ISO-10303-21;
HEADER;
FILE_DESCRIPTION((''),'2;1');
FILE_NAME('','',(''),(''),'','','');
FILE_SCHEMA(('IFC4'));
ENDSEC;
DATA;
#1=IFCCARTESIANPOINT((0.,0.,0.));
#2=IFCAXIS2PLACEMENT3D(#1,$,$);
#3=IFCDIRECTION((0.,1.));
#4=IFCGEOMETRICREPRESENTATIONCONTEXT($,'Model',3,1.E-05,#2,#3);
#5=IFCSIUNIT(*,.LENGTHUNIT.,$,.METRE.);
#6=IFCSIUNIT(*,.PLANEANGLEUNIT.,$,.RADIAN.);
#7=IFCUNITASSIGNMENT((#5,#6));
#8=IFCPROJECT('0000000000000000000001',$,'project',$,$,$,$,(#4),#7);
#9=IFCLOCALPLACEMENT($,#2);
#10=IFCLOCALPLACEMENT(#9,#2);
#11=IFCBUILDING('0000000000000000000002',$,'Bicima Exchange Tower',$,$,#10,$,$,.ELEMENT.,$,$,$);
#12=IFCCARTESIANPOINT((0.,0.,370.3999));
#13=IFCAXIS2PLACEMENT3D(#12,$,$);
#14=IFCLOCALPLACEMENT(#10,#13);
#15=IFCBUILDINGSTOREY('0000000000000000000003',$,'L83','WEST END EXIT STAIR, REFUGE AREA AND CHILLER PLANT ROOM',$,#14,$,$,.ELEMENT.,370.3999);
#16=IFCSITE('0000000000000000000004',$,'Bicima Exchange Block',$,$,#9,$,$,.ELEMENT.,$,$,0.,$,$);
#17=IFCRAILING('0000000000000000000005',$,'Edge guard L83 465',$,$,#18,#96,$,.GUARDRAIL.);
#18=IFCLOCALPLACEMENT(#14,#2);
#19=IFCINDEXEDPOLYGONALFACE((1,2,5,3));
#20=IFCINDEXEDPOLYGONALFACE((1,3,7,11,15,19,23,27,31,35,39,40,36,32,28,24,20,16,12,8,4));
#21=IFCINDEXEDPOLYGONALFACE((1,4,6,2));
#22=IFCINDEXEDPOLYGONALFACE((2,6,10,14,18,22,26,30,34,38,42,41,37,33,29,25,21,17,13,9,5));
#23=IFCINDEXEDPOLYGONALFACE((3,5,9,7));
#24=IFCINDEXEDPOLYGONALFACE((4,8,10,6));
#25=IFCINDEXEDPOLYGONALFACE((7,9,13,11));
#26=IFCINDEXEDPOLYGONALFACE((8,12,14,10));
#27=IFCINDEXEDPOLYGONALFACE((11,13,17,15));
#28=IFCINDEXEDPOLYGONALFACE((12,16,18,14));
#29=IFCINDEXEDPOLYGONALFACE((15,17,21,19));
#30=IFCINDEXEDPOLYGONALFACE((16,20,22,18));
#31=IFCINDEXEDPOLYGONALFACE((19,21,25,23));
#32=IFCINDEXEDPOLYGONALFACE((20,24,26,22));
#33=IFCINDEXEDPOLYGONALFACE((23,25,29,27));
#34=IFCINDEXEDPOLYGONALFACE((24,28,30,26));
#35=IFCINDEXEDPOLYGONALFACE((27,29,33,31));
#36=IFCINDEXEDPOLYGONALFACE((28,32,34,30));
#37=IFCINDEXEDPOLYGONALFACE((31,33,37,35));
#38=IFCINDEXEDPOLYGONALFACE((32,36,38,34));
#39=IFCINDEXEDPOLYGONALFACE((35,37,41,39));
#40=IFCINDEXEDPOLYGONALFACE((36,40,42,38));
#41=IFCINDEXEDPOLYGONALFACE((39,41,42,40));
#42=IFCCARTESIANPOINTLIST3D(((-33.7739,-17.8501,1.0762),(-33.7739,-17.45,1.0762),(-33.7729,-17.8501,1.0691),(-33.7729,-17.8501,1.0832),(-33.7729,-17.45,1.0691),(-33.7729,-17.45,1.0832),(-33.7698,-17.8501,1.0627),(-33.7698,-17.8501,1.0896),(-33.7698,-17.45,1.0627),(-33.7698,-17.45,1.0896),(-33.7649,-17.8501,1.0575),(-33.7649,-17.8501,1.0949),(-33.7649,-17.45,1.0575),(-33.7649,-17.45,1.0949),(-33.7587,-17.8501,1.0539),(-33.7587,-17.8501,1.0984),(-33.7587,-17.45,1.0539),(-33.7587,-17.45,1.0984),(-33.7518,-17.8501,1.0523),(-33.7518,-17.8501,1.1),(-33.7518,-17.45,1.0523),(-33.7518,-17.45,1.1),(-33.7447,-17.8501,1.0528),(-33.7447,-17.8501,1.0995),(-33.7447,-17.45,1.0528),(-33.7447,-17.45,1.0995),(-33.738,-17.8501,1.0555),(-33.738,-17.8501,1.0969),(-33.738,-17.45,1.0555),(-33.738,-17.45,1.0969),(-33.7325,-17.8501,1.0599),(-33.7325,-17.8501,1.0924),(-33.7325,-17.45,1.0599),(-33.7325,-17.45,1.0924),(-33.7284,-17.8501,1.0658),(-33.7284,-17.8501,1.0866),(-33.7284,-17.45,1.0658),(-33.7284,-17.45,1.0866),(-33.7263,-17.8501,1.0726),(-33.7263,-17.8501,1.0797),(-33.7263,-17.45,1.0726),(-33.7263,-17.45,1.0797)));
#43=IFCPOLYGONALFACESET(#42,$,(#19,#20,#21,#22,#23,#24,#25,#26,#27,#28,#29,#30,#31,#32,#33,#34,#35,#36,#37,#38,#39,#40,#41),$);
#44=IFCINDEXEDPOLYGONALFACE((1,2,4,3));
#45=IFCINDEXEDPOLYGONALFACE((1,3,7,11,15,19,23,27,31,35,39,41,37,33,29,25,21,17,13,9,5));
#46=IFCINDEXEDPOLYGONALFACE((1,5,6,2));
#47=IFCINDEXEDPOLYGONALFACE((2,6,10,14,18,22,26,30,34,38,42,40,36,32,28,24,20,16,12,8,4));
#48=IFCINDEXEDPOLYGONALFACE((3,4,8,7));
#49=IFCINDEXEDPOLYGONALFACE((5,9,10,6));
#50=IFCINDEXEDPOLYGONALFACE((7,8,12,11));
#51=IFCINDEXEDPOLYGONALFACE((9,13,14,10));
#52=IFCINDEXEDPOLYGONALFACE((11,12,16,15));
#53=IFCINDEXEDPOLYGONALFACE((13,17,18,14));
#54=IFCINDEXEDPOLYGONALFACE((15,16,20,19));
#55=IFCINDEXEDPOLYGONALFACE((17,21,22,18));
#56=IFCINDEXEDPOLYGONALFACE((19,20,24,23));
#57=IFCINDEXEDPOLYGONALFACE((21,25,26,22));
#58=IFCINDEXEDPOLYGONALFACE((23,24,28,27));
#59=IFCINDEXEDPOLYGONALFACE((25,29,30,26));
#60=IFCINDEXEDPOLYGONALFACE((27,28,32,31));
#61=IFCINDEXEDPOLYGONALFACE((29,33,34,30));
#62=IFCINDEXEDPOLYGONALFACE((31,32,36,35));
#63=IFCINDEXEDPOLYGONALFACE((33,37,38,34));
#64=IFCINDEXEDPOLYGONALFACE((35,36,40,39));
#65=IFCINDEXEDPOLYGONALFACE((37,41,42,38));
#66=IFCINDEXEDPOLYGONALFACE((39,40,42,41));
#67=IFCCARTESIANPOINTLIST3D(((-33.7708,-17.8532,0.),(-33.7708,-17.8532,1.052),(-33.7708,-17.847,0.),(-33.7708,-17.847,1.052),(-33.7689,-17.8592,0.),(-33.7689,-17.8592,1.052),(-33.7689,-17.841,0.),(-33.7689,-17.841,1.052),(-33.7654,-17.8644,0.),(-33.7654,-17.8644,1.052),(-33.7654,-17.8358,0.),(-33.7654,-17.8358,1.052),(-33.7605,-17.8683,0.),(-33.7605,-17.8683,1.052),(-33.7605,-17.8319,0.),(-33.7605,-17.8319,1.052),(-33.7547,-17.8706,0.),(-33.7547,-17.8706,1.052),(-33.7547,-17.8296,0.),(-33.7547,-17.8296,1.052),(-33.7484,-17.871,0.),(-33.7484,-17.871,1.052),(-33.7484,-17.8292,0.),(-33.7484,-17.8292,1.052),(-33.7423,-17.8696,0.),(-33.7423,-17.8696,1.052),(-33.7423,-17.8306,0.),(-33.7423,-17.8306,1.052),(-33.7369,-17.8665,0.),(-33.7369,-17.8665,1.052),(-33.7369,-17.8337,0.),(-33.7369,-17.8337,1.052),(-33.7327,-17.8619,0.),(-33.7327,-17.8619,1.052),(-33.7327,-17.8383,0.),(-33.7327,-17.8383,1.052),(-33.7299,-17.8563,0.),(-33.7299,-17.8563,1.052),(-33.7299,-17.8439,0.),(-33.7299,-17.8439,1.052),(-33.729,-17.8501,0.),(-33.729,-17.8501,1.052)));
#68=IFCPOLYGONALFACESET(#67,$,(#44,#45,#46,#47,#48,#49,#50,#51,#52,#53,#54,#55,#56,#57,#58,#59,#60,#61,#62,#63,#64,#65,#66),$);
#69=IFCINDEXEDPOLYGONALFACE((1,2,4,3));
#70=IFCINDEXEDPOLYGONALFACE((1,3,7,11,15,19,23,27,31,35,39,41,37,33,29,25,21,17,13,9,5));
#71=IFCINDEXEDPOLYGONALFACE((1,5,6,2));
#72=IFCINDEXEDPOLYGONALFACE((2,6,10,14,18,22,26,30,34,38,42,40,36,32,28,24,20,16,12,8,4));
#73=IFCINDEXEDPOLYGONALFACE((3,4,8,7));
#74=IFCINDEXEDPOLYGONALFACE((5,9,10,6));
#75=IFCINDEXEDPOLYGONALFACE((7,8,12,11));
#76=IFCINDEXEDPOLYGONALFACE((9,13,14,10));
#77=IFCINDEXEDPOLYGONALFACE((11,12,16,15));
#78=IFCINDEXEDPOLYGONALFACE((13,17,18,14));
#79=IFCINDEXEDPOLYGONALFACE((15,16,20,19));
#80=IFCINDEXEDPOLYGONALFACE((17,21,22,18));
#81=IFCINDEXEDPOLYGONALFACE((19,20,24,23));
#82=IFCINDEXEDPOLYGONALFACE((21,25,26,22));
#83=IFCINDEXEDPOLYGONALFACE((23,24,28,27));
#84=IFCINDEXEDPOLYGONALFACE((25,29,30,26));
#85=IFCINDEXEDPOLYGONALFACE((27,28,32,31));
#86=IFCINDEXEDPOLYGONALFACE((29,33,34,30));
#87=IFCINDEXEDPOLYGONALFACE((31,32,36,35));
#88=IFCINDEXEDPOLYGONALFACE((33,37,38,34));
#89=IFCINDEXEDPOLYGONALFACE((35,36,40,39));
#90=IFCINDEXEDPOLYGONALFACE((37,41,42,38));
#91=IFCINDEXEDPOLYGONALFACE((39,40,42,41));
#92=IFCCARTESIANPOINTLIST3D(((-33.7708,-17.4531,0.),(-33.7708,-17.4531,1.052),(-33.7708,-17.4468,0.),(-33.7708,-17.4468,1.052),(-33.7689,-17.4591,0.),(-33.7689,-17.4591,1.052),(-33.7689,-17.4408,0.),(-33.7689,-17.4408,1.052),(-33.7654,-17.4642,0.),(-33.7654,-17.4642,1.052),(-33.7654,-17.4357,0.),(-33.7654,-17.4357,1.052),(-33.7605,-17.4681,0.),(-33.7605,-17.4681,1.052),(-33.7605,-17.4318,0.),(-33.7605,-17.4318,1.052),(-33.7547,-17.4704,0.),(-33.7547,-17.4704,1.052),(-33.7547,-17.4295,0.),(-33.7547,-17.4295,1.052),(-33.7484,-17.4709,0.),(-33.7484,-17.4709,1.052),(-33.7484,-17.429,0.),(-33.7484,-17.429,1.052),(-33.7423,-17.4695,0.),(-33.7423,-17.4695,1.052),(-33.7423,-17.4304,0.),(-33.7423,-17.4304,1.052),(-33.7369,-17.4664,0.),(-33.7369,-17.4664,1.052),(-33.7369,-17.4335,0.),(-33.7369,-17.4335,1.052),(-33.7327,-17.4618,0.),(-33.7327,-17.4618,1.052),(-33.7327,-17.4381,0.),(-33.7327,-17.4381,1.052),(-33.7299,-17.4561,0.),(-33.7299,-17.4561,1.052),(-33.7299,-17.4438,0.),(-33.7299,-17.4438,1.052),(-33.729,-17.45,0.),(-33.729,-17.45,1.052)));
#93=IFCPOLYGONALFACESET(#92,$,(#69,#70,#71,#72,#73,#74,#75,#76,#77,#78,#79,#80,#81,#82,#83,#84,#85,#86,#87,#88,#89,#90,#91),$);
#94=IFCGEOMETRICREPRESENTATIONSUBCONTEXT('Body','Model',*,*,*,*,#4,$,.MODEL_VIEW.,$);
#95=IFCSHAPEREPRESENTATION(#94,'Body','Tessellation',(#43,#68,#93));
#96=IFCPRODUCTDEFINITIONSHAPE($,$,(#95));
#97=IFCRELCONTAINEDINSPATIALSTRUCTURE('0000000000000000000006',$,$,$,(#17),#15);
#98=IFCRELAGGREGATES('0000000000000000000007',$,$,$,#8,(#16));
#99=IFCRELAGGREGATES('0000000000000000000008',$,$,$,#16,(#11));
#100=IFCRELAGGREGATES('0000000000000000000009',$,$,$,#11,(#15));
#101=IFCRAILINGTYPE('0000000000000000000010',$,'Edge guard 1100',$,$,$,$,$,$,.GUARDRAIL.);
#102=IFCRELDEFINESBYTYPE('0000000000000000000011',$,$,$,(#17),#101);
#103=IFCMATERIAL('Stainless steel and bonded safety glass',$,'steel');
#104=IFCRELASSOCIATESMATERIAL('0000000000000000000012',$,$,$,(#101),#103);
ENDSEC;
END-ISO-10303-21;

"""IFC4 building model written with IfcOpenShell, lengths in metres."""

from ifc_helpers import new_model, si_unit, direction, frame, origin, origin_2d, place, context, subcontext, project, spatial, circle, extrude, material, type_object, element, save


model = new_model("IFC4")

# Units and contexts
model_context = context("Model", 3, precision=1e-05, world=origin(), true_north=direction((0.0, 1.0)))
body_context = subcontext(model_context, "Body", "Model", "MODEL_VIEW")
ifc_project = project(units=[si_unit("LENGTHUNIT", "METRE"), si_unit("PLANEANGLEUNIT", "RADIAN")], contexts=[model_context])

# Site, building, storey
site_placement = place(None, origin())
site = spatial("IfcSite", under=ifc_project, at=site_placement, Name="Bicima Exchange Block", CompositionType="ELEMENT", RefElevation=0.0)
building_placement = place(site_placement, origin())
building = spatial("IfcBuilding", under=site, at=building_placement, Name="Bicima Exchange Tower", CompositionType="ELEMENT")
storey_placement = place(building_placement, frame((0.0, 0.0, 370.3999)))
storey = spatial("IfcBuildingStorey", under=building, at=storey_placement, Name="L83", Description="WEST END EXIT STAIR, REFUGE AREA AND CHILLER PLANT ROOM", CompositionType="ELEMENT", Elevation=370.3999)

# Railing
ifc_material_1 = material(Name="Stainless steel and bonded safety glass", Category="steel")
railing_type = type_object("IfcRailingType", Name="Edge guard 1100", PredefinedType="GUARDRAIL", material=ifc_material_1)
railing_1_placement = place(storey_placement, frame((-33.75, -17.8501, 0.0)))
element("IfcRailing", 1, at=railing_1_placement, inside=storey, type_object=railing_type, Name="Edge guard L83 465", PredefinedType="GUARDRAIL", context=body_context, shape_type="SweptSolid", body=[
    extrude(circle(Radius=0.0239, at=origin_2d()), frame((0.0, 0.0, 1.0762), z_axis=(0.0, 1.0, 0.0), x_axis=(-1.0, 0.0, 0.0)), (0.0, 0.0, 1.0), 0.4001),
    extrude(circle(Radius=0.021, at=origin_2d()), origin(), (0.0, 0.0, 1.0), 1.052),
    extrude(circle(Radius=0.021, at=origin_2d()), frame((0.0, 0.4001, 0.0)), (0.0, 0.0, 1.0), 1.052),
])

save(model, "model.ifc")
